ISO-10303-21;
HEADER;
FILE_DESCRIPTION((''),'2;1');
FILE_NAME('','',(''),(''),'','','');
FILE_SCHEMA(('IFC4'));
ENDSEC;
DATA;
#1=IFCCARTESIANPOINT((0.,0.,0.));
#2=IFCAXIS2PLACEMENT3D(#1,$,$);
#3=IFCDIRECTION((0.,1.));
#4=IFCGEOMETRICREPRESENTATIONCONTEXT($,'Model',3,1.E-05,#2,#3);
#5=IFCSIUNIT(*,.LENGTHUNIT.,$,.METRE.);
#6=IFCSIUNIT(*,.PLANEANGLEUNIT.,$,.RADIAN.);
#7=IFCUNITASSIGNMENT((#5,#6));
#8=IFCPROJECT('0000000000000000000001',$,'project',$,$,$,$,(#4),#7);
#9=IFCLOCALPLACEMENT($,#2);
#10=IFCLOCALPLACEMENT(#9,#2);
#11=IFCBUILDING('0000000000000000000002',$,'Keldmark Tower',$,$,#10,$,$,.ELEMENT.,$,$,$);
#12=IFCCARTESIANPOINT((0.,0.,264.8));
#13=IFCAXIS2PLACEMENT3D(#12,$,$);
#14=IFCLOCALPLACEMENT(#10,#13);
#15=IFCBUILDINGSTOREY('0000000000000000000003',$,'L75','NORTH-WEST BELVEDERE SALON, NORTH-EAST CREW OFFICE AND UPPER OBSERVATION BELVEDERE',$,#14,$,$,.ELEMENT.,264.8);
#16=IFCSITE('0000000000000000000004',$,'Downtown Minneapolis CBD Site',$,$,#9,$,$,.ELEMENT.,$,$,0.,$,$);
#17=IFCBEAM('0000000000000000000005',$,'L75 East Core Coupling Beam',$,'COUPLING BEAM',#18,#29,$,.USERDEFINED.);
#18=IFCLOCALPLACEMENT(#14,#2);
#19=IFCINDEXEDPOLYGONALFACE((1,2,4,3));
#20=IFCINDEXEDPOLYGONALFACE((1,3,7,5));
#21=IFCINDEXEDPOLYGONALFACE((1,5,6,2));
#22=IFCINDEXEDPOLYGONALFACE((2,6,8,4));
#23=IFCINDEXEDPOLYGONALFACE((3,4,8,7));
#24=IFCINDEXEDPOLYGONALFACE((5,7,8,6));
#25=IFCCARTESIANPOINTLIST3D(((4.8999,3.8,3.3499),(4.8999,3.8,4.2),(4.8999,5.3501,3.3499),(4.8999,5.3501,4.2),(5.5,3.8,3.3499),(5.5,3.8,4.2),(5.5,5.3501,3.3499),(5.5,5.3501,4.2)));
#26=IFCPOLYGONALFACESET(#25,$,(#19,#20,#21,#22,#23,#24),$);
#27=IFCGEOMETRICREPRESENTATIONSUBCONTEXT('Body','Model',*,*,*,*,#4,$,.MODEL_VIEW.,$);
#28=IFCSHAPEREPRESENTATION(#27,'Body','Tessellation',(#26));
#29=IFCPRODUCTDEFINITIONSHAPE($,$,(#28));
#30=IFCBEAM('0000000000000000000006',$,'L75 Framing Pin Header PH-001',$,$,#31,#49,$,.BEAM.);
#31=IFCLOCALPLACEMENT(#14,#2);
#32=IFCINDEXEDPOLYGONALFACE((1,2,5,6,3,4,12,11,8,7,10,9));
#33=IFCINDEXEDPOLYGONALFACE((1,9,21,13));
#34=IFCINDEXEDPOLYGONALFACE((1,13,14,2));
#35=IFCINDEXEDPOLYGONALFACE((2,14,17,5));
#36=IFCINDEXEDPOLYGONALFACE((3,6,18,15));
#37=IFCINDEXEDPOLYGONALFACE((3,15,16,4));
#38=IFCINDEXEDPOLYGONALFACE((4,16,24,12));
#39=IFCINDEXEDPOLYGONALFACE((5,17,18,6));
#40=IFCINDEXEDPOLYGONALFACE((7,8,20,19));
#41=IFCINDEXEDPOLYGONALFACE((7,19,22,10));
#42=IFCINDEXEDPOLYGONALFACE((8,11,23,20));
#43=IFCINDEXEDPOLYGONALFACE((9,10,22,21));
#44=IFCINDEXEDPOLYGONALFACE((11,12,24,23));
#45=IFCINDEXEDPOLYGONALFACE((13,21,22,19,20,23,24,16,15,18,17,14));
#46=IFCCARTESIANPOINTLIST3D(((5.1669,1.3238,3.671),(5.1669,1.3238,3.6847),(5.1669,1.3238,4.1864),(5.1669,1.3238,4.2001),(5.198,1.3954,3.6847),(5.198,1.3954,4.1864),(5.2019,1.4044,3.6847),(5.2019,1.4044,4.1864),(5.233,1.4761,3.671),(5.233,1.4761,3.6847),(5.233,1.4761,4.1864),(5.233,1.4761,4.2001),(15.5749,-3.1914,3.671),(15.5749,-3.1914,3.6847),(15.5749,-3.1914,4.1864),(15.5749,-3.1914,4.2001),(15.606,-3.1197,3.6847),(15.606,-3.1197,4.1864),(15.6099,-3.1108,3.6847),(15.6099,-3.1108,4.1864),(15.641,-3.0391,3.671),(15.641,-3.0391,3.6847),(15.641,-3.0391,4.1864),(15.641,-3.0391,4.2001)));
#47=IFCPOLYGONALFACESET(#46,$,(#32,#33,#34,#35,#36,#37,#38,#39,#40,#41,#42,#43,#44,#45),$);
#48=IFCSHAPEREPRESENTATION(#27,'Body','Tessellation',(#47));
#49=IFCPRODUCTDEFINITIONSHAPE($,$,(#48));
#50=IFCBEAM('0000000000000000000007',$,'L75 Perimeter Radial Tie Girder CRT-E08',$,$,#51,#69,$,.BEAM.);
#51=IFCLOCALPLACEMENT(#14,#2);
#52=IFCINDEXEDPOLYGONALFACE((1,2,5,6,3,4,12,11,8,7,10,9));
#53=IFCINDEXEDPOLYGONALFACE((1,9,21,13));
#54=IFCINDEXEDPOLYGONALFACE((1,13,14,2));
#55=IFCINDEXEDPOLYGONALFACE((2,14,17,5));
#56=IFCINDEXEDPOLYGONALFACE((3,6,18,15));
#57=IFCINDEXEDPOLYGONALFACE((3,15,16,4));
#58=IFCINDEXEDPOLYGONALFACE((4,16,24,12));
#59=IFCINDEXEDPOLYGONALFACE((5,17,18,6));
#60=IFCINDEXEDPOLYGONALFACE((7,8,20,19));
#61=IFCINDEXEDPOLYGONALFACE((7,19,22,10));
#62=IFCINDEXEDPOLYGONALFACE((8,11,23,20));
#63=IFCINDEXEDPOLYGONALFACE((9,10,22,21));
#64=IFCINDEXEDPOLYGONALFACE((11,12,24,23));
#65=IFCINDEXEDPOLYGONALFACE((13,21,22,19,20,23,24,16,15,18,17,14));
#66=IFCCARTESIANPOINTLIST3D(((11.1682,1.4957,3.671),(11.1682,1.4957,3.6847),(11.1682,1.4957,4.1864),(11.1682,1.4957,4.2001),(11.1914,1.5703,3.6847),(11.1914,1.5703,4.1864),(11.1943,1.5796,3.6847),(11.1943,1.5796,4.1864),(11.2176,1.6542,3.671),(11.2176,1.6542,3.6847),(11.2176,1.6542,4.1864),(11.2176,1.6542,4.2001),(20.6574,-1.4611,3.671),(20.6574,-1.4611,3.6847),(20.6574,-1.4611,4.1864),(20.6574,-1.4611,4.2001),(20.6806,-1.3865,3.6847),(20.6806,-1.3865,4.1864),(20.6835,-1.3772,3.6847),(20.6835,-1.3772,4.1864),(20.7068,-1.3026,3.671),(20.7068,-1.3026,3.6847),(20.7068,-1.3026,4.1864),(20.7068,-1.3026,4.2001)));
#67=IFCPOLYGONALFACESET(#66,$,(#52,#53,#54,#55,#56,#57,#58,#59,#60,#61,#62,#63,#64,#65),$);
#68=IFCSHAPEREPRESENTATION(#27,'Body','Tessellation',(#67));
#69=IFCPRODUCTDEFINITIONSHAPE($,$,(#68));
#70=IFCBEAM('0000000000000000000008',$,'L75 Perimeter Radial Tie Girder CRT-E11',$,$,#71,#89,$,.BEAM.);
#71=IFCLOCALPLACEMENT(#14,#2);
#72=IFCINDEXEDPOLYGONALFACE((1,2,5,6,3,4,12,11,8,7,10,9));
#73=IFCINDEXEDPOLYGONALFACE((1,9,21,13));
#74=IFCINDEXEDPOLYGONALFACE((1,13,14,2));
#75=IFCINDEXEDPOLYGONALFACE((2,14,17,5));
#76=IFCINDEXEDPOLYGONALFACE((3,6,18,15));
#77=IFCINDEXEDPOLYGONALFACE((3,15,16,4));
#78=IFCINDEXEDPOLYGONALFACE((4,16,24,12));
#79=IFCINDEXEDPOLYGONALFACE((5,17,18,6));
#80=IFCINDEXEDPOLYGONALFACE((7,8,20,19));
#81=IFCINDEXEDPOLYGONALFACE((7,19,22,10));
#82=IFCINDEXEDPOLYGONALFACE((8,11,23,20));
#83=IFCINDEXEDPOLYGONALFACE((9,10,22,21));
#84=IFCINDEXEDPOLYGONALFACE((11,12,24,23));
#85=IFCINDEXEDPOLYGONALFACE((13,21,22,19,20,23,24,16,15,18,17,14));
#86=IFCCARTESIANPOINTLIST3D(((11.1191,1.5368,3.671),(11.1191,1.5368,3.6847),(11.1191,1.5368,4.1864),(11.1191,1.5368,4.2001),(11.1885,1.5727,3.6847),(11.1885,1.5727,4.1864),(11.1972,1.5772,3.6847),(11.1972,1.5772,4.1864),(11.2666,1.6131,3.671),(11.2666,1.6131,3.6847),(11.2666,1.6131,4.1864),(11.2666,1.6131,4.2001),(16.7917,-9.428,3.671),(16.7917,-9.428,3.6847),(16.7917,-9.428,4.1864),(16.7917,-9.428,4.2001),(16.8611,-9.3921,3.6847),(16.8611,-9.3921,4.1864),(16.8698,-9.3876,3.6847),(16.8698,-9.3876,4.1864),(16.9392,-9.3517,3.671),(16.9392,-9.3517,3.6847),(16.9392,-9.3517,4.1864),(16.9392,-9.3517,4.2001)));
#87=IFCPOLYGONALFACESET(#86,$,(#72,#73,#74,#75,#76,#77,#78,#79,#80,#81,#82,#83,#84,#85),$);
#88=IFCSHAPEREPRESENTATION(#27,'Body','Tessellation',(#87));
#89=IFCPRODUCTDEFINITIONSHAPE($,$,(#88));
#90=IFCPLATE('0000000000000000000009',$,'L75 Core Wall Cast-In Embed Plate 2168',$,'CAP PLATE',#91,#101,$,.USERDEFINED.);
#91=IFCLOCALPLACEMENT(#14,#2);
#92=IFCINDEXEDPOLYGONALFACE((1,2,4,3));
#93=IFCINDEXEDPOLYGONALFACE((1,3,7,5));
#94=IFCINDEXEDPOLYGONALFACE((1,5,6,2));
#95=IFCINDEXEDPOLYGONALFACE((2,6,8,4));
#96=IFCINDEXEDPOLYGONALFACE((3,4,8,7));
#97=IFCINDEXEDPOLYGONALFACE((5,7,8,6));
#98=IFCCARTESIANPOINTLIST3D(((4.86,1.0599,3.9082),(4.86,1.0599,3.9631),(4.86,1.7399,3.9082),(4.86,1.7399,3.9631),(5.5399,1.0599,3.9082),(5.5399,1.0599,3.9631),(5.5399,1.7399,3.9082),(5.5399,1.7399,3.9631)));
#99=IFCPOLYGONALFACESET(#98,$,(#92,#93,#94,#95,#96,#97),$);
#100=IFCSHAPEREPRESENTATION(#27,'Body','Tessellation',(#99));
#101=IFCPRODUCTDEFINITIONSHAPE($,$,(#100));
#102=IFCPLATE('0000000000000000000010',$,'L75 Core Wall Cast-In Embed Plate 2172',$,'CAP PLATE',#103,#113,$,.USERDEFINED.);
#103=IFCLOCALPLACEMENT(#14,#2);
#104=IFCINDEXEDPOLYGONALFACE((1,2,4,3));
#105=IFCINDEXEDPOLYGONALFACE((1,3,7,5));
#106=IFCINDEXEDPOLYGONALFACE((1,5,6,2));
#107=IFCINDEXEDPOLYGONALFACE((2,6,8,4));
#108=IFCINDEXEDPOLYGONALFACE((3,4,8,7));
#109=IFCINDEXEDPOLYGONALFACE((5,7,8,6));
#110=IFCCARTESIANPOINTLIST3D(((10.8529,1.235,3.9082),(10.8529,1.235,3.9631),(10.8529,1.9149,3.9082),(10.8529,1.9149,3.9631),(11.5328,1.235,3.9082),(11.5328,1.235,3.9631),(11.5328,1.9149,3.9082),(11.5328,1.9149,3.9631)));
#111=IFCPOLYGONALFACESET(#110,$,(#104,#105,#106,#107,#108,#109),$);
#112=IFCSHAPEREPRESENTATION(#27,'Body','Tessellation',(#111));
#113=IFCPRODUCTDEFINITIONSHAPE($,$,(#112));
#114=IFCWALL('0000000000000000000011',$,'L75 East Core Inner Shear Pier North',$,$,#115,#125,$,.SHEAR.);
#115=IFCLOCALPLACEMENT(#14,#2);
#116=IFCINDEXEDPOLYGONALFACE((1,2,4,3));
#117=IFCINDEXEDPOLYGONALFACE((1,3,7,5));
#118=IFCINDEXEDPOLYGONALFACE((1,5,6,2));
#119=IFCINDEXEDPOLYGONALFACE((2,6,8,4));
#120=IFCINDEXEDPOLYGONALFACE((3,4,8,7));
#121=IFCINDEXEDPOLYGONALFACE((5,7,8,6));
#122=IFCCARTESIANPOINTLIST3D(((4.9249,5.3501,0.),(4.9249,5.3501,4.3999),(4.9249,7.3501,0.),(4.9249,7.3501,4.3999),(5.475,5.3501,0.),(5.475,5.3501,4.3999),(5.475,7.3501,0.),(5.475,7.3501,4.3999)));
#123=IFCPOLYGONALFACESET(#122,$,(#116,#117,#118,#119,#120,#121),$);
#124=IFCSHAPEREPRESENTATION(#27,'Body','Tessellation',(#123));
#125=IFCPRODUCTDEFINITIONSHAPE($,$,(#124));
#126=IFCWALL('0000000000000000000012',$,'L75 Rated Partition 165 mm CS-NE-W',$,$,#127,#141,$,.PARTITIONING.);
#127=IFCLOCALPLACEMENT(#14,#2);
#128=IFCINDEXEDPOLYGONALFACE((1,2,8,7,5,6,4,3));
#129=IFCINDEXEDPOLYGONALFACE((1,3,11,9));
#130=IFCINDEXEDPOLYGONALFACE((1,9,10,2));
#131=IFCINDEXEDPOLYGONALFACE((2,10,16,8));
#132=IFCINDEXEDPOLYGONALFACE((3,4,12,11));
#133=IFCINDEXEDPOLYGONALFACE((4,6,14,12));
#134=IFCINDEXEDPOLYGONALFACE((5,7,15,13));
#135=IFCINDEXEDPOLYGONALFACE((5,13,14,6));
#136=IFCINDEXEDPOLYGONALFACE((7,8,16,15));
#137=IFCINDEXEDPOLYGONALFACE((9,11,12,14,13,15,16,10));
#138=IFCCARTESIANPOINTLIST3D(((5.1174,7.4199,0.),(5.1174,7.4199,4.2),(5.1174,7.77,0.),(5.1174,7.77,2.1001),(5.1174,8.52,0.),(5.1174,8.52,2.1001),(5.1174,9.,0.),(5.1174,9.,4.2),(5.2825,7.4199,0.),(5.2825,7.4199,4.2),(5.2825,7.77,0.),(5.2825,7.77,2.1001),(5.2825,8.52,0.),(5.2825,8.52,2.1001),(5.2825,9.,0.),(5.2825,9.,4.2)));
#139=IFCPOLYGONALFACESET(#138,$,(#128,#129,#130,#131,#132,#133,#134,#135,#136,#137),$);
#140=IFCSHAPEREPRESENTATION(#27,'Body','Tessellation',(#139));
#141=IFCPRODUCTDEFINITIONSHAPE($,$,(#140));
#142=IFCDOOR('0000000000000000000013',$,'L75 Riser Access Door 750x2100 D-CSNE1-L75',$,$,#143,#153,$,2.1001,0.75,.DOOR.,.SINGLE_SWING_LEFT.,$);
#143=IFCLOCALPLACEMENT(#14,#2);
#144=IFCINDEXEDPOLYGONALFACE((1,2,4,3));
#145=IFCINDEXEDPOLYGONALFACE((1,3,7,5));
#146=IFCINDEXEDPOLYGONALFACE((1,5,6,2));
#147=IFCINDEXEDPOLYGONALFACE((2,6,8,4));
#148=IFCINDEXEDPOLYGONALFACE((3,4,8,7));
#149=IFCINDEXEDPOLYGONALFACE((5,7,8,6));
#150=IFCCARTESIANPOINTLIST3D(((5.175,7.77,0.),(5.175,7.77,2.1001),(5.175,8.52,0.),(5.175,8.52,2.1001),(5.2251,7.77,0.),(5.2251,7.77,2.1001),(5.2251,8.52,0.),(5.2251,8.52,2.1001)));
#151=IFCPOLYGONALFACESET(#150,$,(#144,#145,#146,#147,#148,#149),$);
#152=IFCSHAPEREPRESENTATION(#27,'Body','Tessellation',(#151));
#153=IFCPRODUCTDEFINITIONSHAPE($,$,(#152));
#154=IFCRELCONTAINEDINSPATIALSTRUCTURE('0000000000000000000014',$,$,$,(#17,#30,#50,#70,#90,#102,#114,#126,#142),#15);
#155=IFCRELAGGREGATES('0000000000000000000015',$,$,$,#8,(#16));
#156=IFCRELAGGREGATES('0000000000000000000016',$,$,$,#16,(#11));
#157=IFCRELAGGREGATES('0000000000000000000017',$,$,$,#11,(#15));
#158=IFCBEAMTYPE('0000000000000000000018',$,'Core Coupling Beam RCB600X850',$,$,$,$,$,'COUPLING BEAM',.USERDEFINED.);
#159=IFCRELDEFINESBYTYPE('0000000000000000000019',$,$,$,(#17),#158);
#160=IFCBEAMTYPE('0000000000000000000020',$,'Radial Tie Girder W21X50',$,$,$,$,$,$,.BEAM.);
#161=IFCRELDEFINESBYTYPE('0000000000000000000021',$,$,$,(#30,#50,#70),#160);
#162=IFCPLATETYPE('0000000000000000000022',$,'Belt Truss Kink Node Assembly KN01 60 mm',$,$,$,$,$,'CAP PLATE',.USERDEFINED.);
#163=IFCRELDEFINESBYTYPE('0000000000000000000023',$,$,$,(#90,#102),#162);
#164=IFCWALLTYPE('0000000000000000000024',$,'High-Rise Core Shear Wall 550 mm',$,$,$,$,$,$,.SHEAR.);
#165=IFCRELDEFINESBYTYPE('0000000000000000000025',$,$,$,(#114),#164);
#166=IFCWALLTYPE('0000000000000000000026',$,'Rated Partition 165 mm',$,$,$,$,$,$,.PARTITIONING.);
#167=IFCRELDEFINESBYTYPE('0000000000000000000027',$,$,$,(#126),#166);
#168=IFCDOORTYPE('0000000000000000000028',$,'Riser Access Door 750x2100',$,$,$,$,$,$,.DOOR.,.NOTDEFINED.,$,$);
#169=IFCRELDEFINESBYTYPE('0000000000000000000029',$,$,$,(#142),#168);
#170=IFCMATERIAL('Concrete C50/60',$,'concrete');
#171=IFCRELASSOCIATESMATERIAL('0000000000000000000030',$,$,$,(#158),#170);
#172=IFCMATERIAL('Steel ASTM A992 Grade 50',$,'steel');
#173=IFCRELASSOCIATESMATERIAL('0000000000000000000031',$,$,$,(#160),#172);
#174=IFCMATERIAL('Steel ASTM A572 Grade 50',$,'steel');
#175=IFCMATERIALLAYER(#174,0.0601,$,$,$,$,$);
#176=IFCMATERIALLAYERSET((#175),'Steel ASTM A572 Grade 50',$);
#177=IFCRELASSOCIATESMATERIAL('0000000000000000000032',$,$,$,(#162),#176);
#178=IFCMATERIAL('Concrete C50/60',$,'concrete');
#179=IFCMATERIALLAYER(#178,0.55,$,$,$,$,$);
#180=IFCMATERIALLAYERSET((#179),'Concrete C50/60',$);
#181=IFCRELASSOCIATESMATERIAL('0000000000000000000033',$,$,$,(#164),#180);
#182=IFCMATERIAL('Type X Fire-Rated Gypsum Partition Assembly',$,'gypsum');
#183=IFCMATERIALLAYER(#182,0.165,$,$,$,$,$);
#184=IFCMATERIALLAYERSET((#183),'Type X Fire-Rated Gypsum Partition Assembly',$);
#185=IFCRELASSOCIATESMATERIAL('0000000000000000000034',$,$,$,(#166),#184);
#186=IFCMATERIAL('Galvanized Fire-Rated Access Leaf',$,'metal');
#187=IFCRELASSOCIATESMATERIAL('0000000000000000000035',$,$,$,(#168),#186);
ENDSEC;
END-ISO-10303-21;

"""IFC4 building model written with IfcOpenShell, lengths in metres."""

from ifc_helpers import new_model, si_unit, direction, frame, frame_2d, origin, origin_2d, place, context, subcontext, project, spatial, rectangle, i_section, extrude, material, layer, layer_set, material_profile, profile_set, type_object, element, fill, save


model = new_model("IFC4")

# Units and contexts
model_context = context("Model", 3, precision=1e-05, world=origin(), true_north=direction((0.0, 1.0)))
body_context = subcontext(model_context, "Body", "Model", "MODEL_VIEW")
ifc_project = project(units=[si_unit("LENGTHUNIT", "METRE"), si_unit("PLANEANGLEUNIT", "RADIAN")], contexts=[model_context])

# Site, building, storey
site_placement = place(None, origin())
site = spatial("IfcSite", under=ifc_project, at=site_placement, Name="Downtown Minneapolis CBD Site", CompositionType="ELEMENT", RefElevation=0.0)
building_placement = place(site_placement, origin())
building = spatial("IfcBuilding", under=site, at=building_placement, Name="Keldmark Tower", CompositionType="ELEMENT")
storey_placement = place(building_placement, frame((0.0, 0.0, 264.8)))
storey = spatial("IfcBuildingStorey", under=building, at=storey_placement, Name="L75", Description="NORTH-WEST BELVEDERE SALON, NORTH-EAST CREW OFFICE AND UPPER OBSERVATION BELVEDERE", CompositionType="ELEMENT", Elevation=264.8)

# Beams
ifc_material_1 = material(Name="Concrete C50/60", Category="concrete")
ifc_material_profile_1 = material_profile(ifc_material_1, rectangle(XDim=0.6001, YDim=0.8501, at=origin_2d()), Name="RCB600X850")
ifc_profile_set_1 = profile_set([ifc_material_profile_1], Name="Concrete C50/60")
beam_type_1 = type_object("IfcBeamType", Name="Core Coupling Beam RCB600X850", ElementType="COUPLING BEAM", PredefinedType="USERDEFINED", material=ifc_profile_set_1)
beam_1_placement = place(storey_placement, frame((5.2, 3.8, 3.7749), z_axis=(0.0, 1.0, 0.0), x_axis=(-1.0, 0.0, 0.0)))
element("IfcBeam", 1, at=beam_1_placement, inside=storey, type_object=beam_type_1, Name="L75 East Core Coupling Beam", ObjectType="COUPLING BEAM", PredefinedType="USERDEFINED", context=body_context, shape_type="SweptSolid", body=[
    extrude(rectangle(XDim=0.6001, YDim=0.8501, at=origin_2d()), origin(), (0.0, 0.0, 1.0), 1.55),
])
ifc_material_2 = material(Name="Steel ASTM A992 Grade 50", Category="steel")
ifc_material_profile_2 = material_profile(ifc_material_2, i_section(OverallWidth=0.166, OverallDepth=0.5291, WebThickness=0.0098, FlangeThickness=0.0137, at=origin_2d()), Name="W21X50")
ifc_profile_set_2 = profile_set([ifc_material_profile_2], Name="Steel ASTM A992 Grade 50")
beam_type_2 = type_object("IfcBeamType", Name="Radial Tie Girder W21X50", PredefinedType="BEAM", material=ifc_profile_set_2)
beam_2_placement = place(storey_placement, frame((5.2, 1.3999, 3.9355), z_axis=(0.917394, -0.39798, 0.0), x_axis=(0.39798, 0.917394, 0.0)))
element("IfcBeam", 2, at=beam_2_placement, inside=storey, type_object=beam_type_2, Name="L75 Framing Pin Header PH-001", PredefinedType="BEAM", context=body_context, shape_type="SweptSolid", body=[
    extrude(i_section(OverallWidth=0.166, OverallDepth=0.5291, WebThickness=0.0098, FlangeThickness=0.0137, at=origin_2d()), origin(), (0.0, 0.0, 1.0), 11.3452),
])
beam_3_placement = place(storey_placement, frame((11.1929, 1.575, 3.9355), z_axis=(0.954726, -0.297486, 0.0), x_axis=(0.297486, 0.954726, 0.0)))
element("IfcBeam", 3, at=beam_3_placement, inside=storey, type_object=beam_type_2, Name="L75 Perimeter Radial Tie Girder CRT-E08", PredefinedType="BEAM", context=body_context, shape_type="SweptSolid", body=[
    extrude(i_section(OverallWidth=0.166, OverallDepth=0.5291, WebThickness=0.0098, FlangeThickness=0.0137, at=origin_2d()), origin(), (0.0, 0.0, 1.0), 9.9392),
])
beam_4_placement = place(storey_placement, frame((11.1929, 1.575, 3.9355), z_axis=(0.459496, -0.88818, 0.0), x_axis=(0.88818, 0.459496, 0.0)))
element("IfcBeam", 4, at=beam_4_placement, inside=storey, type_object=beam_type_2, Name="L75 Perimeter Radial Tie Girder CRT-E11", PredefinedType="BEAM", context=body_context, shape_type="SweptSolid", body=[
    extrude(i_section(OverallWidth=0.166, OverallDepth=0.5291, WebThickness=0.0098, FlangeThickness=0.0137, at=origin_2d()), origin(), (0.0, 0.0, 1.0), 12.3452),
])

# Plates
ifc_material_3 = material(Name="Steel ASTM A572 Grade 50", Category="steel")
ifc_layer_1 = layer(ifc_material_3, 0.0601)
ifc_layer_set_1 = layer_set([ifc_layer_1], Name="Steel ASTM A572 Grade 50")
plate_type = type_object("IfcPlateType", Name="Belt Truss Kink Node Assembly KN01 60 mm", ElementType="CAP PLATE", PredefinedType="USERDEFINED", material=ifc_layer_set_1)
for number, where, z_axis, x_axis, name in (
    (5, (5.2, 1.3999, 3.9082), (0.0, 0.0, 1.0), (1.0, 0.0, 0.0), "L75 Core Wall Cast-In Embed Plate 2168"),
    (6, (11.1929, 1.575, 3.9082), (0.0, 0.0, 1.0), (1.0, 0.0, 0.0), "L75 Core Wall Cast-In Embed Plate 2172"),
):
    element("IfcPlate", number, at=place(storey_placement, frame(where, z_axis=z_axis, x_axis=x_axis)), inside=storey, type_object=plate_type, Name=name, ObjectType="CAP PLATE", PredefinedType="USERDEFINED", context=body_context, shape_type="SweptSolid", body=[
        extrude(rectangle(XDim=0.6799, YDim=0.6799, at=origin_2d()), origin(), (0.0, 0.0, 1.0), 0.0549),
    ])

# Wall
ifc_material_4 = material(Name="Concrete C50/60", Category="concrete")
ifc_layer_2 = layer(ifc_material_4, 0.55)
ifc_layer_set_2 = layer_set([ifc_layer_2], Name="Concrete C50/60")
wall_type_1 = type_object("IfcWallType", Name="High-Rise Core Shear Wall 550 mm", PredefinedType="SHEAR", material=ifc_layer_set_2)
wall_1_placement = place(storey_placement, frame((5.2, 5.3501, 0.0), z_axis=(0.0, 0.0, 1.0), x_axis=(0.0, 1.0, 0.0)))
element("IfcWall", 7, at=wall_1_placement, inside=storey, type_object=wall_type_1, Name="L75 East Core Inner Shear Pier North", PredefinedType="SHEAR", context=body_context, shape_type="SweptSolid", body=[
    extrude(rectangle(XDim=2.0, YDim=0.55, at=frame_2d((1.0, 0.0))), origin(), (0.0, 0.0, 1.0), 4.3999),
])

# Wall, opening, door
ifc_material_5 = material(Name="Type X Fire-Rated Gypsum Partition Assembly", Category="gypsum")
ifc_layer_3 = layer(ifc_material_5, 0.165)
ifc_layer_set_3 = layer_set([ifc_layer_3], Name="Type X Fire-Rated Gypsum Partition Assembly")
wall_type_2 = type_object("IfcWallType", Name="Rated Partition 165 mm", PredefinedType="PARTITIONING", material=ifc_layer_set_3)
wall_2_placement = place(storey_placement, frame((5.2, 7.4199, 0.0), z_axis=(0.0, 0.0, 1.0), x_axis=(0.0, 1.0, 0.0)))
wall_2 = element("IfcWall", 8, at=wall_2_placement, inside=storey, type_object=wall_type_2, Name="L75 Rated Partition 165 mm CS-NE-W", PredefinedType="PARTITIONING", context=body_context, shape_type="SweptSolid", body=[
    extrude(rectangle(XDim=1.5801, YDim=0.165, at=frame_2d((0.79, 0.0))), origin(), (0.0, 0.0, 1.0), 4.2),
])
opening_1_placement = place(wall_2_placement, frame((0.3501, 0.0, 0.0)))
opening_1 = element("IfcOpeningElement", 9, at=opening_1_placement, cuts=wall_2, PredefinedType="OPENING", context=body_context, shape_type="SweptSolid", body=[
    extrude(rectangle(XDim=0.75, YDim=2.1001, at=frame_2d((0.375, 1.05))), frame((0.0, 0.0925, 0.0), z_axis=(0.0, -1.0, 0.0), x_axis=(1.0, 0.0, 0.0)), (0.0, 0.0, 1.0), 0.1851),
])
ifc_material_6 = material(Name="Galvanized Fire-Rated Access Leaf", Category="metal")
door_type_1 = type_object("IfcDoorType", Name="Riser Access Door 750x2100", OperationType="NOTDEFINED", PredefinedType="DOOR", material=ifc_material_6)
door_1_placement = place(opening_1_placement, origin())
door_1 = element("IfcDoor", 10, at=door_1_placement, inside=storey, type_object=door_type_1, Name="L75 Riser Access Door 750x2100 D-CSNE1-L75", OperationType="SINGLE_SWING_LEFT", OverallHeight=2.1001, OverallWidth=0.75, PredefinedType="DOOR", context=body_context, shape_type="SweptSolid", body=[
    extrude(rectangle(XDim=0.75, YDim=2.1001, at=frame_2d((0.375, 1.05))), frame((0.0, 0.0249, 0.0), z_axis=(0.0, -1.0, 0.0), x_axis=(1.0, 0.0, 0.0)), (0.0, 0.0, 1.0), 0.05),
])
fill(opening_1, door_1)

save(model, "model.ifc")
